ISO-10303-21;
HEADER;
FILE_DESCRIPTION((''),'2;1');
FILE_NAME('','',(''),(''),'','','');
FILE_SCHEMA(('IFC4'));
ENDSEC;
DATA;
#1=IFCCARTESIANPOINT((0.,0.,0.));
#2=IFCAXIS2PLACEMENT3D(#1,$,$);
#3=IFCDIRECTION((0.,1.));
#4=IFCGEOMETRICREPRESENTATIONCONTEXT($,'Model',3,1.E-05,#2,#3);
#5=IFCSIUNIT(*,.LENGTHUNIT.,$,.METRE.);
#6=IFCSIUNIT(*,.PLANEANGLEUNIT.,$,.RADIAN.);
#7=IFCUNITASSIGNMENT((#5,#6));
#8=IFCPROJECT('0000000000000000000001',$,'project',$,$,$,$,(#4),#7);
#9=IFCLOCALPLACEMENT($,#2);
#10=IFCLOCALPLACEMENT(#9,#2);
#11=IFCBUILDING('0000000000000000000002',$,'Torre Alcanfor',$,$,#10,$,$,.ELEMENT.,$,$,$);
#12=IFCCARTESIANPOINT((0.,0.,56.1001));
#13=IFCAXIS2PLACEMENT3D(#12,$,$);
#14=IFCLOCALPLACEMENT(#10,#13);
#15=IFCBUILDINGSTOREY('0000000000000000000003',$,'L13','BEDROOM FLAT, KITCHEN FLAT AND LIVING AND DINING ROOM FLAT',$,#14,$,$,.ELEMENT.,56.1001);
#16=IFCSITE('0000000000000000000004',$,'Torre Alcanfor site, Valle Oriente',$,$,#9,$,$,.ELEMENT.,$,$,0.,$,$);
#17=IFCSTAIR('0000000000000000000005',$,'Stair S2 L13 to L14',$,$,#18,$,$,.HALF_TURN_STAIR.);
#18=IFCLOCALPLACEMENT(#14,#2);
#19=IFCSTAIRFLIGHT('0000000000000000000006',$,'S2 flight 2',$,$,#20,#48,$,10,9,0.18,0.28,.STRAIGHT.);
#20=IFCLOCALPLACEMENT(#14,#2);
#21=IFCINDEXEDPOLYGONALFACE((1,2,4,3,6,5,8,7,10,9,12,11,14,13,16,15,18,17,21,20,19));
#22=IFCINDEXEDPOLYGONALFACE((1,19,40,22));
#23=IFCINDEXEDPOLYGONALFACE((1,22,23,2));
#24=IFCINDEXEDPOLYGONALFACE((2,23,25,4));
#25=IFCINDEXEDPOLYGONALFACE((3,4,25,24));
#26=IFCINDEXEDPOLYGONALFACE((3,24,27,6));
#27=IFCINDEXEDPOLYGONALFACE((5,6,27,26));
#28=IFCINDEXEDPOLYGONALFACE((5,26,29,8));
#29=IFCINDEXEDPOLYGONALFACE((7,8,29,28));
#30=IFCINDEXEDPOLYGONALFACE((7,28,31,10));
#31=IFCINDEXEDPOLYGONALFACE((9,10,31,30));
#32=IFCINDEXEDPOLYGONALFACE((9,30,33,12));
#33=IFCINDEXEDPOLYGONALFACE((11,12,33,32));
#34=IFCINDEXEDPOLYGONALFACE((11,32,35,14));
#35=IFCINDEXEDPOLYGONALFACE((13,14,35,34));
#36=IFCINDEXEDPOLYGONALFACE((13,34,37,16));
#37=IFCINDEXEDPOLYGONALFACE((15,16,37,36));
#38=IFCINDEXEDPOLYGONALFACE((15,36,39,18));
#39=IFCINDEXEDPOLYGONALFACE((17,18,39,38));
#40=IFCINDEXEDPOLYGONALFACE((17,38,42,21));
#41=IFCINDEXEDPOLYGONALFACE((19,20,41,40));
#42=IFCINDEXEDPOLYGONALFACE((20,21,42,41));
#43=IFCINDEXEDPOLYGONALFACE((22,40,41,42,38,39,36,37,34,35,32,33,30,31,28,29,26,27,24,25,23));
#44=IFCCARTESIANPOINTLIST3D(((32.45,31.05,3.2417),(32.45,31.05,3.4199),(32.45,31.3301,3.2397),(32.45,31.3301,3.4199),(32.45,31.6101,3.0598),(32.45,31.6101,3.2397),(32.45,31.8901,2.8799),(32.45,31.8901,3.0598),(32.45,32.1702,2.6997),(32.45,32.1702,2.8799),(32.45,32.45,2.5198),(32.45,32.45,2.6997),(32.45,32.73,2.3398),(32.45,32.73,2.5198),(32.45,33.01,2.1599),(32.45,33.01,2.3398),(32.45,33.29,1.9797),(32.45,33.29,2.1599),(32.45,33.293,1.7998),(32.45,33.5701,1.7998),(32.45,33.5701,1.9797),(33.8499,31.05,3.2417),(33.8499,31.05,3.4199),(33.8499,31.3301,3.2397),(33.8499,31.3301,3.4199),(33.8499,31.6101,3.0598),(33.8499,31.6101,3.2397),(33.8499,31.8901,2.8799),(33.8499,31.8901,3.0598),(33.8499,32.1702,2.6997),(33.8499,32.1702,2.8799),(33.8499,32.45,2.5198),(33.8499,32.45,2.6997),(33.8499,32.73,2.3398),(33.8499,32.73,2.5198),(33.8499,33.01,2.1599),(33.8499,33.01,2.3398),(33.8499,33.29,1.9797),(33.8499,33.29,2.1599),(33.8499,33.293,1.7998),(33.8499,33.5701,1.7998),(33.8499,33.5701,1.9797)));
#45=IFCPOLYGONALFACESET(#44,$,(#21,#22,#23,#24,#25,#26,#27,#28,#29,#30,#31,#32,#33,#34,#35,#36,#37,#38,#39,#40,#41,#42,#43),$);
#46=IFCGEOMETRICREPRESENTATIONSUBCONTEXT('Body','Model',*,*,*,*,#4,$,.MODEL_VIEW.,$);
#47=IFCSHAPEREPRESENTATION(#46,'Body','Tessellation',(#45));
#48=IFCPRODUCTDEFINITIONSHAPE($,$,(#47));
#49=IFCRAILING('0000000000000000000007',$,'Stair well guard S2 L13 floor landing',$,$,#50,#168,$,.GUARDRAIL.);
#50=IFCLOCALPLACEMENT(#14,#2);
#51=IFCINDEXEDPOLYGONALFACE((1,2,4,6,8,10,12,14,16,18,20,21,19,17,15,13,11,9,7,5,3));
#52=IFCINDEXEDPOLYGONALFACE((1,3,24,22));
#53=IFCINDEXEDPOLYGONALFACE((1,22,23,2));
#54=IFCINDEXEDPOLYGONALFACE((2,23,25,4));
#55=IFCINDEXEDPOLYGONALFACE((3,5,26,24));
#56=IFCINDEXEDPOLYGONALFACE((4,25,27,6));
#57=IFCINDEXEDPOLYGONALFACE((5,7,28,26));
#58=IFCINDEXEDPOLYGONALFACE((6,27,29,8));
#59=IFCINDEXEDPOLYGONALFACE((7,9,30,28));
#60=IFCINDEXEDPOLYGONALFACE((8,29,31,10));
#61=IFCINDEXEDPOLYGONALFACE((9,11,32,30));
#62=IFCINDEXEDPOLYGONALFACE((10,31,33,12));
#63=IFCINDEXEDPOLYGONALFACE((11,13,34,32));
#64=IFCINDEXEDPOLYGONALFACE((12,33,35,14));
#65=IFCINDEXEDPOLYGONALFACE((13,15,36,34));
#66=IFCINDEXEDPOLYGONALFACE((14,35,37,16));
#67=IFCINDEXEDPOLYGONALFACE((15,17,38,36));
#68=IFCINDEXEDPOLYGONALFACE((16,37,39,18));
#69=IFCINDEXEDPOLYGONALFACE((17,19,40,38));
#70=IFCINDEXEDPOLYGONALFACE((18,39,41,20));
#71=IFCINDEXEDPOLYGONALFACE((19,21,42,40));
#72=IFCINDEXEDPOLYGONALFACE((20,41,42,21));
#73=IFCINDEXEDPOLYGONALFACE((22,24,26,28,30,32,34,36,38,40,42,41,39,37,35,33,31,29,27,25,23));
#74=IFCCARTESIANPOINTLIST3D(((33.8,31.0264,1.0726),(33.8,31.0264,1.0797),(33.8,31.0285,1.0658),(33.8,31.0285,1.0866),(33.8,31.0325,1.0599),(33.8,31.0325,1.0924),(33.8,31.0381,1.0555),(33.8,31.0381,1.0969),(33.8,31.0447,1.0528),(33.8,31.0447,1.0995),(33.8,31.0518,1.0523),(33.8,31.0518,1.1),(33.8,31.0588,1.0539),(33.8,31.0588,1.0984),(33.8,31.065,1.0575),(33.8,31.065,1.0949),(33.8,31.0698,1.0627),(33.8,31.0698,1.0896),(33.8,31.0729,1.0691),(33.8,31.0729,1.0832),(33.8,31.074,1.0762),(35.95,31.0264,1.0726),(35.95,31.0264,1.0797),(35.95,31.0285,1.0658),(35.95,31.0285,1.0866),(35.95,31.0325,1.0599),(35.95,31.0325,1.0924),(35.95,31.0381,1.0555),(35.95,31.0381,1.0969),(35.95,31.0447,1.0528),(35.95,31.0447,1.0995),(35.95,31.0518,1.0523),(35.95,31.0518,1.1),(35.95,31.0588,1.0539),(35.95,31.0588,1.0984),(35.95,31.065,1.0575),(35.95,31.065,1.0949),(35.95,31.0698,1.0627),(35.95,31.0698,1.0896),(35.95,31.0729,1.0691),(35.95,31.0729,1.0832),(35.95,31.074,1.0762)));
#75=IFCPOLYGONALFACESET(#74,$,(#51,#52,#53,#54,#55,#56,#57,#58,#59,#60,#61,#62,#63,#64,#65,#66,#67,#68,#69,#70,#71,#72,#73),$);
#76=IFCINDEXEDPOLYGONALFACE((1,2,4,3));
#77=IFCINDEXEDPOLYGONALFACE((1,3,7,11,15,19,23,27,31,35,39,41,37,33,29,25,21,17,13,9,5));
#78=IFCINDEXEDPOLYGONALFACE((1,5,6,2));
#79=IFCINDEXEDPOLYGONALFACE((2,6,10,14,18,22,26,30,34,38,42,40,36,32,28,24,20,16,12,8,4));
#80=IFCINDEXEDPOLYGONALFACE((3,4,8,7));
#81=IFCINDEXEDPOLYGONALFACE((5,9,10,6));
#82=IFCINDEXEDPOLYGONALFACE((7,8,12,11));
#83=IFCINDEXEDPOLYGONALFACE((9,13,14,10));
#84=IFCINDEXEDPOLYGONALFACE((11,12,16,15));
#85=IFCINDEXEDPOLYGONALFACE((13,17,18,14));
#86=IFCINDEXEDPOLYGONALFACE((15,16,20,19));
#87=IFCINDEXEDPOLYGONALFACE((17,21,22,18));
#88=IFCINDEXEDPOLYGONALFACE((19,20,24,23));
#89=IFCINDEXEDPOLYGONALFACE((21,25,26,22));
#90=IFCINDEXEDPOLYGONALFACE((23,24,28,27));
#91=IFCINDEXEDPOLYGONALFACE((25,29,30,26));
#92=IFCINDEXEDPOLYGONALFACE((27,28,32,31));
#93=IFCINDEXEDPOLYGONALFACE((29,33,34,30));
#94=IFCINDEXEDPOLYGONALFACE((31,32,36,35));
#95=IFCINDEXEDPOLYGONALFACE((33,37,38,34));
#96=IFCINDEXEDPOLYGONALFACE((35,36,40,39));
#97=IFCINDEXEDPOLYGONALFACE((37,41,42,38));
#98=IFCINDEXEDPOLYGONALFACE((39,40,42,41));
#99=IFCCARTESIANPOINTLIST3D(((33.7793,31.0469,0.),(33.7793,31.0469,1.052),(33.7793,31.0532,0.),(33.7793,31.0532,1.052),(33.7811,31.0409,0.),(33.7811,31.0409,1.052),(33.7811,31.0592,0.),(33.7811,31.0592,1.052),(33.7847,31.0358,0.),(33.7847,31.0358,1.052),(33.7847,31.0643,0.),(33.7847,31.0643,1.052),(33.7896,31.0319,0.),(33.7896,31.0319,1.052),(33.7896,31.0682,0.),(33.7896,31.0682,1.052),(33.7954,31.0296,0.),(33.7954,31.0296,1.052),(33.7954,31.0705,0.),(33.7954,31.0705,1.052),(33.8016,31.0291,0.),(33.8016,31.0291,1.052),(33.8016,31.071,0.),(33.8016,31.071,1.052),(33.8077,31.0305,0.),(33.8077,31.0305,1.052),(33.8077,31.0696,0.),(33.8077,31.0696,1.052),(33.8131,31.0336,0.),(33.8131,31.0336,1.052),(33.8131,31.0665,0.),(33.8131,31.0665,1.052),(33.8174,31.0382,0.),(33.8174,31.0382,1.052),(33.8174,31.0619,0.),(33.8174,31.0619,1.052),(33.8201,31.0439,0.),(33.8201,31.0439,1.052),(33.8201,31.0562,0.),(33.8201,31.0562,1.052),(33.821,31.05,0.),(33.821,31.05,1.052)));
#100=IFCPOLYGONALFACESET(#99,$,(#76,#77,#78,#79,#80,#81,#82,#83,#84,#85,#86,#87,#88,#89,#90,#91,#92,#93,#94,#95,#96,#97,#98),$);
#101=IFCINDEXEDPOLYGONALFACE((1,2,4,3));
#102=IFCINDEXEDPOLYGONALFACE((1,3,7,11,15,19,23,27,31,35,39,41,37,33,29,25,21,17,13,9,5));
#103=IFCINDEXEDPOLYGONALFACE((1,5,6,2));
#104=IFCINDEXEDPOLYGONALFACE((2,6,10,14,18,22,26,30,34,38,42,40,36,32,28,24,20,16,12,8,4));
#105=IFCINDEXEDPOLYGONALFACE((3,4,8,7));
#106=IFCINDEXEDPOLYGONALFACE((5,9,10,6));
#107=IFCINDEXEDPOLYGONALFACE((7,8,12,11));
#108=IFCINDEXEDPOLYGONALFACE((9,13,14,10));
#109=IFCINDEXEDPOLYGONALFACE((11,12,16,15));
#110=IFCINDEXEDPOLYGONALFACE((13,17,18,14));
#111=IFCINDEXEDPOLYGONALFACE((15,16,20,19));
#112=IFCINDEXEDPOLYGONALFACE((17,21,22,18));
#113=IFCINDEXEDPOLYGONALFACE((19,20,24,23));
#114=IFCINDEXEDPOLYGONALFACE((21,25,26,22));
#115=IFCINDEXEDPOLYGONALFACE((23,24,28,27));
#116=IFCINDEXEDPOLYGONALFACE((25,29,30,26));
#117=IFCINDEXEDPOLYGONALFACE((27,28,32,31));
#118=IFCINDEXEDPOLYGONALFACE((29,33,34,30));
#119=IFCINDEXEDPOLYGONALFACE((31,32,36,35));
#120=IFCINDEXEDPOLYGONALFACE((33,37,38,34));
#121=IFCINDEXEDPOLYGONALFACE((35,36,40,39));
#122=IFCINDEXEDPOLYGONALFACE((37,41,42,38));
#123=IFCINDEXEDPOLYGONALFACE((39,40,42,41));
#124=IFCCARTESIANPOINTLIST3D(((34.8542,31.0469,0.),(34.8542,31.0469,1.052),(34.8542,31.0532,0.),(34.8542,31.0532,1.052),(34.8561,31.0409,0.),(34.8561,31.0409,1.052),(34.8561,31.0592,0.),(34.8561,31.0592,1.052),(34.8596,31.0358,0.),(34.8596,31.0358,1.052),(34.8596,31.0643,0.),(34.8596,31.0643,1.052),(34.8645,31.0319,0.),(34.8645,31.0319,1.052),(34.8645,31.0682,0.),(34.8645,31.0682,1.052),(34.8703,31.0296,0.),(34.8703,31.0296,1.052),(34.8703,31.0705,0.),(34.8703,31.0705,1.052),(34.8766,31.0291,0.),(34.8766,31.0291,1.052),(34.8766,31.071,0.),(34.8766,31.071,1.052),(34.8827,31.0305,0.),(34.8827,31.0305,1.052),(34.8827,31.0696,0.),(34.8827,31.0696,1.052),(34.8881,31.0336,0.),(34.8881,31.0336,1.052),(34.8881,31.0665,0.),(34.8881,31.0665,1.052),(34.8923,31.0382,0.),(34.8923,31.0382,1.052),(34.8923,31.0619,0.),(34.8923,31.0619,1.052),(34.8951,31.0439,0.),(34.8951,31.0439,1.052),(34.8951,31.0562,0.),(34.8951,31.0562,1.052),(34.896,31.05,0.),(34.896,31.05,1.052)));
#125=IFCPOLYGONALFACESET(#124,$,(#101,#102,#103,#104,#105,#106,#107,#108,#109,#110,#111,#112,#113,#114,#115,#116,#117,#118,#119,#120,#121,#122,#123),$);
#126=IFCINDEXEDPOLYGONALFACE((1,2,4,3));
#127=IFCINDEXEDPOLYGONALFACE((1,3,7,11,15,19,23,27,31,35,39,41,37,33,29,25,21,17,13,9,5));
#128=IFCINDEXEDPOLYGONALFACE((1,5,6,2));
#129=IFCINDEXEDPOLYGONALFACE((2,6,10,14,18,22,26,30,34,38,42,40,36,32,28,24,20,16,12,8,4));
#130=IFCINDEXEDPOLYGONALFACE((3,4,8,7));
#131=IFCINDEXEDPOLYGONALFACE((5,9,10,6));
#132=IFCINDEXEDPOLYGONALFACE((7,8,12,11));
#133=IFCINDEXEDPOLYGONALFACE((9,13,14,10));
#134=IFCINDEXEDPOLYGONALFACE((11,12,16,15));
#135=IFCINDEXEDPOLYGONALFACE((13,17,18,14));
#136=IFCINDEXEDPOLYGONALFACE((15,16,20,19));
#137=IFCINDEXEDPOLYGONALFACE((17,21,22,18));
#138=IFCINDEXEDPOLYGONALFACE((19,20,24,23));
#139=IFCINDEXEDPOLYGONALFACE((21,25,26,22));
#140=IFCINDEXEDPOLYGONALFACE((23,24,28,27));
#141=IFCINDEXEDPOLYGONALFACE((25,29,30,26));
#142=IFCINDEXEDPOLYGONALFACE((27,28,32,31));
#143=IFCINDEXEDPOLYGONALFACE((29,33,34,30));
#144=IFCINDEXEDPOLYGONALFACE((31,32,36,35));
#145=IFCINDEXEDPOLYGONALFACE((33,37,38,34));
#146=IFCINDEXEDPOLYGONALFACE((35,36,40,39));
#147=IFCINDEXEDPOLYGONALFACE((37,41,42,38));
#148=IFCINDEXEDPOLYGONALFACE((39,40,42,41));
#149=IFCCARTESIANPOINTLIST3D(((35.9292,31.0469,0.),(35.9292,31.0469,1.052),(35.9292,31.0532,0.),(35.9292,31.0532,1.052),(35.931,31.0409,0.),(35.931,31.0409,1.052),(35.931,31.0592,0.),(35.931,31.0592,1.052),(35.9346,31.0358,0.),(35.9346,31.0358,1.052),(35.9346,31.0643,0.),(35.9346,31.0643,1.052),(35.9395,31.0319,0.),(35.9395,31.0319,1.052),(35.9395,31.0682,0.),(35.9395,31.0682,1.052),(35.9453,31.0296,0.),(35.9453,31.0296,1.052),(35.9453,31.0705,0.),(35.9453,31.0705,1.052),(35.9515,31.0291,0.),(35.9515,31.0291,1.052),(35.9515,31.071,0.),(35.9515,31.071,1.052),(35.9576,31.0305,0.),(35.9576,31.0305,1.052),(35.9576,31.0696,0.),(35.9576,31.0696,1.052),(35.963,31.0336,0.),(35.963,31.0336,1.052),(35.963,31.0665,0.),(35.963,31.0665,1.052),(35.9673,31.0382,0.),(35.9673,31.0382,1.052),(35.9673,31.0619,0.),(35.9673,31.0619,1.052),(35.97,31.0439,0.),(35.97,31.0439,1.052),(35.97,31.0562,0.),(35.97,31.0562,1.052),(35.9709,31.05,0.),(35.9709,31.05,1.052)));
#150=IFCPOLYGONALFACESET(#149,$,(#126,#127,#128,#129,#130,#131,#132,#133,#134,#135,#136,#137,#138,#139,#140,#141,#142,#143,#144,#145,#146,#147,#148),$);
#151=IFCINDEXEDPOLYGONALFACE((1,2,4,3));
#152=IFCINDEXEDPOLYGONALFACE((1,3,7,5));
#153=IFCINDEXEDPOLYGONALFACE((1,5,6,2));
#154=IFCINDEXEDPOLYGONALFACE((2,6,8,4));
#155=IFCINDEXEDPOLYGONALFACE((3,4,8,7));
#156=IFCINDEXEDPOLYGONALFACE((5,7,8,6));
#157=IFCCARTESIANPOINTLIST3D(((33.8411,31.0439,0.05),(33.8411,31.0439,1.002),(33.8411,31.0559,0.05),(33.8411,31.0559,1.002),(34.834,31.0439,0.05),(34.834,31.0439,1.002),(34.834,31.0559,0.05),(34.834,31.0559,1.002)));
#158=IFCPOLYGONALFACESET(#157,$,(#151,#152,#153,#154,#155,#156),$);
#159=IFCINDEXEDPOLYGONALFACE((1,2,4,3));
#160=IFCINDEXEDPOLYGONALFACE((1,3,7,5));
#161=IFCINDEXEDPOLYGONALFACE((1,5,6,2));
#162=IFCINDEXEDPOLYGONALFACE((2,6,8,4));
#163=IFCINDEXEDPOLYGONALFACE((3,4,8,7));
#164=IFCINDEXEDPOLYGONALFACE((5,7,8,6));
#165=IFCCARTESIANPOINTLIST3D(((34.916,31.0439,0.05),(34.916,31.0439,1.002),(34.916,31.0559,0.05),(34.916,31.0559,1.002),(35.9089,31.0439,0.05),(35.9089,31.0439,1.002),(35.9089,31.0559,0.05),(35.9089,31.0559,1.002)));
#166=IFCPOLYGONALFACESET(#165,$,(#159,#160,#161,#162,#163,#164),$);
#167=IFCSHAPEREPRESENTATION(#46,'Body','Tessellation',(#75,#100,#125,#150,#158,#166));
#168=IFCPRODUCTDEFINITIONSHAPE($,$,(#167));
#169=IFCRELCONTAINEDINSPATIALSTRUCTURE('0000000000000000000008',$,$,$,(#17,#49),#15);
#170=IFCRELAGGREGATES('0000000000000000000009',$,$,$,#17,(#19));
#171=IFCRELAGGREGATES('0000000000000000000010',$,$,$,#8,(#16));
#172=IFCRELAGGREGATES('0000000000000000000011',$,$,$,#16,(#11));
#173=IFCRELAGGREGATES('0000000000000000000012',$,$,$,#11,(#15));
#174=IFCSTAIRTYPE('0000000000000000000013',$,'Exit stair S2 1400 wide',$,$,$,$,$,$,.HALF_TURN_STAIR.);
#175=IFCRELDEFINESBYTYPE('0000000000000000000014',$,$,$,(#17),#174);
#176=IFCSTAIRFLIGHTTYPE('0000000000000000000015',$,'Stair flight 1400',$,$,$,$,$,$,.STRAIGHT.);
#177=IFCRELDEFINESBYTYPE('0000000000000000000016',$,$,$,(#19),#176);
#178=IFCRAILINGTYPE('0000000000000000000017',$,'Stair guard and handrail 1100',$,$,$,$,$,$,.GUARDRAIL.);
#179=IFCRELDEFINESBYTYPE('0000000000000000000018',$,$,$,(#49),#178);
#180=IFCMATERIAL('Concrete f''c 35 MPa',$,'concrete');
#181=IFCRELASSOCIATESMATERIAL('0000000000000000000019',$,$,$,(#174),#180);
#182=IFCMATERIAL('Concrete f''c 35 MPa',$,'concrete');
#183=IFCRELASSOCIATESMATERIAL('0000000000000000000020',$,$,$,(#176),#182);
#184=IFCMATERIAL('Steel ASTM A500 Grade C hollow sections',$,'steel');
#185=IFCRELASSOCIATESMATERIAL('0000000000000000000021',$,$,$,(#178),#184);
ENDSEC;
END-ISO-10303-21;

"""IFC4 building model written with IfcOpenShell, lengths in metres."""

from ifc_helpers import new_model, si_unit, direction, frame, origin, origin_2d, place, context, subcontext, project, spatial, polyline, circle, outline, extrude, material, type_object, element, aggregate, save


model = new_model("IFC4")

# Units and contexts
model_context = context("Model", 3, precision=1e-05, world=origin(), true_north=direction((0.0, 1.0)))
body_context = subcontext(model_context, "Body", "Model", "MODEL_VIEW")
ifc_project = project(units=[si_unit("LENGTHUNIT", "METRE"), si_unit("PLANEANGLEUNIT", "RADIAN")], contexts=[model_context])

# Site, building, storey
site_placement = place(None, origin())
site = spatial("IfcSite", under=ifc_project, at=site_placement, Name="Torre Alcanfor site, Valle Oriente", CompositionType="ELEMENT", RefElevation=0.0)
building_placement = place(site_placement, origin())
building = spatial("IfcBuilding", under=site, at=building_placement, Name="Torre Alcanfor", CompositionType="ELEMENT")
storey_placement = place(building_placement, frame((0.0, 0.0, 56.1001)))
storey = spatial("IfcBuildingStorey", under=building, at=storey_placement, Name="L13", Description="BEDROOM FLAT, KITCHEN FLAT AND LIVING AND DINING ROOM FLAT", CompositionType="ELEMENT", Elevation=56.1001)

# Stair, stair flight
ifc_material_1 = material(Name="Concrete f'c 35 MPa", Category="concrete")
stair_type = type_object("IfcStairType", Name="Exit stair S2 1400 wide", PredefinedType="HALF_TURN_STAIR", material=ifc_material_1)
stair_placement = place(storey_placement, origin())
stair = element("IfcStair", 1, at=stair_placement, inside=storey, type_object=stair_type, Name="Stair S2 L13 to L14", PredefinedType="HALF_TURN_STAIR")
ifc_material_2 = material(Name="Concrete f'c 35 MPa", Category="concrete")
stair_flight_type = type_object("IfcStairFlightType", Name="Stair flight 1400", PredefinedType="STRAIGHT", material=ifc_material_2)
stair_flight_1_placement = place(storey_placement, frame((33.1499, 33.5701, 1.7998), z_axis=(0.0, 0.0, 1.0), x_axis=(0.0, -1.0, 0.0)))
stair_flight_1 = element("IfcStairFlight", 2, at=stair_flight_1_placement, type_object=stair_flight_type, Name="S2 flight 2", NumberOfRisers=10, NumberOfTreads=9, PredefinedType="STRAIGHT", RiserHeight=0.18, TreadLength=0.28, context=body_context, shape_type="SweptSolid", body=[
    extrude(outline(polyline([(0.0, 0.0), (0.0, 0.1799), (0.28, 0.1799), (0.28, 0.3601), (0.5601, 0.3601), (0.5601, 0.54), (0.8401, 0.54), (0.8401, 0.72), (1.1201, 0.72), (1.1201, 0.8999), (1.3999, 0.8999), (1.3999, 1.0801), (1.6799, 1.0801), (1.6799, 1.26), (1.96, 1.26), (1.96, 1.4399), (2.24, 1.4399), (2.24, 1.6201), (2.52, 1.6201), (2.52, 1.8), (2.52, 1.4419), (0.2771, 0.0), (0.0, 0.0)])), frame((0.0, 0.7, 0.0), z_axis=(0.0, -1.0, 0.0), x_axis=(1.0, 0.0, 0.0)), (0.0, 0.0, 1.0), 1.3999),
])
aggregate(stair, [stair_flight_1])

# Railing
ifc_material_3 = material(Name="Steel ASTM A500 Grade C hollow sections", Category="steel")
railing_type_1 = type_object("IfcRailingType", Name="Stair guard and handrail 1100", PredefinedType="GUARDRAIL", material=ifc_material_3)
for number, where, name in (
    (3, (33.8, 31.05, 0.0), "Stair well guard S2 L13 floor landing"),
):
    element("IfcRailing", number, at=place(storey_placement, frame(where)), inside=storey, type_object=railing_type_1, Name=name, PredefinedType="GUARDRAIL", context=body_context, shape_type="SweptSolid", body=[
        extrude(circle(Radius=0.0239, at=origin_2d()), frame((0.0, 0.0, 1.0762), z_axis=(1.0, 0.0, 0.0), x_axis=(0.0, 1.0, 0.0)), (0.0, 0.0, 1.0), 2.1499),
        extrude(circle(Radius=0.021, at=origin_2d()), origin(), (0.0, 0.0, 1.0), 1.052),
        extrude(circle(Radius=0.021, at=origin_2d()), frame((1.075, 0.0, 0.0)), (0.0, 0.0, 1.0), 1.052),
        extrude(circle(Radius=0.021, at=origin_2d()), frame((2.1499, 0.0, 0.0)), (0.0, 0.0, 1.0), 1.052),
        extrude(outline(polyline([(0.041, 0.05), (1.0339, 0.05), (1.0339, 1.002), (0.041, 1.002), (0.041, 0.05)])), frame((0.0, 0.0059, 0.0), z_axis=(0.0, -1.0, 0.0), x_axis=(1.0, 0.0, 0.0)), (0.0, 0.0, 1.0), 0.012),
        extrude(outline(polyline([(1.116, 0.05), (2.1089, 0.05), (2.1089, 1.002), (1.116, 1.002), (1.116, 0.05)])), frame((0.0, 0.0059, 0.0), z_axis=(0.0, -1.0, 0.0), x_axis=(1.0, 0.0, 0.0)), (0.0, 0.0, 1.0), 0.012),
    ])

save(model, "model.ifc")
